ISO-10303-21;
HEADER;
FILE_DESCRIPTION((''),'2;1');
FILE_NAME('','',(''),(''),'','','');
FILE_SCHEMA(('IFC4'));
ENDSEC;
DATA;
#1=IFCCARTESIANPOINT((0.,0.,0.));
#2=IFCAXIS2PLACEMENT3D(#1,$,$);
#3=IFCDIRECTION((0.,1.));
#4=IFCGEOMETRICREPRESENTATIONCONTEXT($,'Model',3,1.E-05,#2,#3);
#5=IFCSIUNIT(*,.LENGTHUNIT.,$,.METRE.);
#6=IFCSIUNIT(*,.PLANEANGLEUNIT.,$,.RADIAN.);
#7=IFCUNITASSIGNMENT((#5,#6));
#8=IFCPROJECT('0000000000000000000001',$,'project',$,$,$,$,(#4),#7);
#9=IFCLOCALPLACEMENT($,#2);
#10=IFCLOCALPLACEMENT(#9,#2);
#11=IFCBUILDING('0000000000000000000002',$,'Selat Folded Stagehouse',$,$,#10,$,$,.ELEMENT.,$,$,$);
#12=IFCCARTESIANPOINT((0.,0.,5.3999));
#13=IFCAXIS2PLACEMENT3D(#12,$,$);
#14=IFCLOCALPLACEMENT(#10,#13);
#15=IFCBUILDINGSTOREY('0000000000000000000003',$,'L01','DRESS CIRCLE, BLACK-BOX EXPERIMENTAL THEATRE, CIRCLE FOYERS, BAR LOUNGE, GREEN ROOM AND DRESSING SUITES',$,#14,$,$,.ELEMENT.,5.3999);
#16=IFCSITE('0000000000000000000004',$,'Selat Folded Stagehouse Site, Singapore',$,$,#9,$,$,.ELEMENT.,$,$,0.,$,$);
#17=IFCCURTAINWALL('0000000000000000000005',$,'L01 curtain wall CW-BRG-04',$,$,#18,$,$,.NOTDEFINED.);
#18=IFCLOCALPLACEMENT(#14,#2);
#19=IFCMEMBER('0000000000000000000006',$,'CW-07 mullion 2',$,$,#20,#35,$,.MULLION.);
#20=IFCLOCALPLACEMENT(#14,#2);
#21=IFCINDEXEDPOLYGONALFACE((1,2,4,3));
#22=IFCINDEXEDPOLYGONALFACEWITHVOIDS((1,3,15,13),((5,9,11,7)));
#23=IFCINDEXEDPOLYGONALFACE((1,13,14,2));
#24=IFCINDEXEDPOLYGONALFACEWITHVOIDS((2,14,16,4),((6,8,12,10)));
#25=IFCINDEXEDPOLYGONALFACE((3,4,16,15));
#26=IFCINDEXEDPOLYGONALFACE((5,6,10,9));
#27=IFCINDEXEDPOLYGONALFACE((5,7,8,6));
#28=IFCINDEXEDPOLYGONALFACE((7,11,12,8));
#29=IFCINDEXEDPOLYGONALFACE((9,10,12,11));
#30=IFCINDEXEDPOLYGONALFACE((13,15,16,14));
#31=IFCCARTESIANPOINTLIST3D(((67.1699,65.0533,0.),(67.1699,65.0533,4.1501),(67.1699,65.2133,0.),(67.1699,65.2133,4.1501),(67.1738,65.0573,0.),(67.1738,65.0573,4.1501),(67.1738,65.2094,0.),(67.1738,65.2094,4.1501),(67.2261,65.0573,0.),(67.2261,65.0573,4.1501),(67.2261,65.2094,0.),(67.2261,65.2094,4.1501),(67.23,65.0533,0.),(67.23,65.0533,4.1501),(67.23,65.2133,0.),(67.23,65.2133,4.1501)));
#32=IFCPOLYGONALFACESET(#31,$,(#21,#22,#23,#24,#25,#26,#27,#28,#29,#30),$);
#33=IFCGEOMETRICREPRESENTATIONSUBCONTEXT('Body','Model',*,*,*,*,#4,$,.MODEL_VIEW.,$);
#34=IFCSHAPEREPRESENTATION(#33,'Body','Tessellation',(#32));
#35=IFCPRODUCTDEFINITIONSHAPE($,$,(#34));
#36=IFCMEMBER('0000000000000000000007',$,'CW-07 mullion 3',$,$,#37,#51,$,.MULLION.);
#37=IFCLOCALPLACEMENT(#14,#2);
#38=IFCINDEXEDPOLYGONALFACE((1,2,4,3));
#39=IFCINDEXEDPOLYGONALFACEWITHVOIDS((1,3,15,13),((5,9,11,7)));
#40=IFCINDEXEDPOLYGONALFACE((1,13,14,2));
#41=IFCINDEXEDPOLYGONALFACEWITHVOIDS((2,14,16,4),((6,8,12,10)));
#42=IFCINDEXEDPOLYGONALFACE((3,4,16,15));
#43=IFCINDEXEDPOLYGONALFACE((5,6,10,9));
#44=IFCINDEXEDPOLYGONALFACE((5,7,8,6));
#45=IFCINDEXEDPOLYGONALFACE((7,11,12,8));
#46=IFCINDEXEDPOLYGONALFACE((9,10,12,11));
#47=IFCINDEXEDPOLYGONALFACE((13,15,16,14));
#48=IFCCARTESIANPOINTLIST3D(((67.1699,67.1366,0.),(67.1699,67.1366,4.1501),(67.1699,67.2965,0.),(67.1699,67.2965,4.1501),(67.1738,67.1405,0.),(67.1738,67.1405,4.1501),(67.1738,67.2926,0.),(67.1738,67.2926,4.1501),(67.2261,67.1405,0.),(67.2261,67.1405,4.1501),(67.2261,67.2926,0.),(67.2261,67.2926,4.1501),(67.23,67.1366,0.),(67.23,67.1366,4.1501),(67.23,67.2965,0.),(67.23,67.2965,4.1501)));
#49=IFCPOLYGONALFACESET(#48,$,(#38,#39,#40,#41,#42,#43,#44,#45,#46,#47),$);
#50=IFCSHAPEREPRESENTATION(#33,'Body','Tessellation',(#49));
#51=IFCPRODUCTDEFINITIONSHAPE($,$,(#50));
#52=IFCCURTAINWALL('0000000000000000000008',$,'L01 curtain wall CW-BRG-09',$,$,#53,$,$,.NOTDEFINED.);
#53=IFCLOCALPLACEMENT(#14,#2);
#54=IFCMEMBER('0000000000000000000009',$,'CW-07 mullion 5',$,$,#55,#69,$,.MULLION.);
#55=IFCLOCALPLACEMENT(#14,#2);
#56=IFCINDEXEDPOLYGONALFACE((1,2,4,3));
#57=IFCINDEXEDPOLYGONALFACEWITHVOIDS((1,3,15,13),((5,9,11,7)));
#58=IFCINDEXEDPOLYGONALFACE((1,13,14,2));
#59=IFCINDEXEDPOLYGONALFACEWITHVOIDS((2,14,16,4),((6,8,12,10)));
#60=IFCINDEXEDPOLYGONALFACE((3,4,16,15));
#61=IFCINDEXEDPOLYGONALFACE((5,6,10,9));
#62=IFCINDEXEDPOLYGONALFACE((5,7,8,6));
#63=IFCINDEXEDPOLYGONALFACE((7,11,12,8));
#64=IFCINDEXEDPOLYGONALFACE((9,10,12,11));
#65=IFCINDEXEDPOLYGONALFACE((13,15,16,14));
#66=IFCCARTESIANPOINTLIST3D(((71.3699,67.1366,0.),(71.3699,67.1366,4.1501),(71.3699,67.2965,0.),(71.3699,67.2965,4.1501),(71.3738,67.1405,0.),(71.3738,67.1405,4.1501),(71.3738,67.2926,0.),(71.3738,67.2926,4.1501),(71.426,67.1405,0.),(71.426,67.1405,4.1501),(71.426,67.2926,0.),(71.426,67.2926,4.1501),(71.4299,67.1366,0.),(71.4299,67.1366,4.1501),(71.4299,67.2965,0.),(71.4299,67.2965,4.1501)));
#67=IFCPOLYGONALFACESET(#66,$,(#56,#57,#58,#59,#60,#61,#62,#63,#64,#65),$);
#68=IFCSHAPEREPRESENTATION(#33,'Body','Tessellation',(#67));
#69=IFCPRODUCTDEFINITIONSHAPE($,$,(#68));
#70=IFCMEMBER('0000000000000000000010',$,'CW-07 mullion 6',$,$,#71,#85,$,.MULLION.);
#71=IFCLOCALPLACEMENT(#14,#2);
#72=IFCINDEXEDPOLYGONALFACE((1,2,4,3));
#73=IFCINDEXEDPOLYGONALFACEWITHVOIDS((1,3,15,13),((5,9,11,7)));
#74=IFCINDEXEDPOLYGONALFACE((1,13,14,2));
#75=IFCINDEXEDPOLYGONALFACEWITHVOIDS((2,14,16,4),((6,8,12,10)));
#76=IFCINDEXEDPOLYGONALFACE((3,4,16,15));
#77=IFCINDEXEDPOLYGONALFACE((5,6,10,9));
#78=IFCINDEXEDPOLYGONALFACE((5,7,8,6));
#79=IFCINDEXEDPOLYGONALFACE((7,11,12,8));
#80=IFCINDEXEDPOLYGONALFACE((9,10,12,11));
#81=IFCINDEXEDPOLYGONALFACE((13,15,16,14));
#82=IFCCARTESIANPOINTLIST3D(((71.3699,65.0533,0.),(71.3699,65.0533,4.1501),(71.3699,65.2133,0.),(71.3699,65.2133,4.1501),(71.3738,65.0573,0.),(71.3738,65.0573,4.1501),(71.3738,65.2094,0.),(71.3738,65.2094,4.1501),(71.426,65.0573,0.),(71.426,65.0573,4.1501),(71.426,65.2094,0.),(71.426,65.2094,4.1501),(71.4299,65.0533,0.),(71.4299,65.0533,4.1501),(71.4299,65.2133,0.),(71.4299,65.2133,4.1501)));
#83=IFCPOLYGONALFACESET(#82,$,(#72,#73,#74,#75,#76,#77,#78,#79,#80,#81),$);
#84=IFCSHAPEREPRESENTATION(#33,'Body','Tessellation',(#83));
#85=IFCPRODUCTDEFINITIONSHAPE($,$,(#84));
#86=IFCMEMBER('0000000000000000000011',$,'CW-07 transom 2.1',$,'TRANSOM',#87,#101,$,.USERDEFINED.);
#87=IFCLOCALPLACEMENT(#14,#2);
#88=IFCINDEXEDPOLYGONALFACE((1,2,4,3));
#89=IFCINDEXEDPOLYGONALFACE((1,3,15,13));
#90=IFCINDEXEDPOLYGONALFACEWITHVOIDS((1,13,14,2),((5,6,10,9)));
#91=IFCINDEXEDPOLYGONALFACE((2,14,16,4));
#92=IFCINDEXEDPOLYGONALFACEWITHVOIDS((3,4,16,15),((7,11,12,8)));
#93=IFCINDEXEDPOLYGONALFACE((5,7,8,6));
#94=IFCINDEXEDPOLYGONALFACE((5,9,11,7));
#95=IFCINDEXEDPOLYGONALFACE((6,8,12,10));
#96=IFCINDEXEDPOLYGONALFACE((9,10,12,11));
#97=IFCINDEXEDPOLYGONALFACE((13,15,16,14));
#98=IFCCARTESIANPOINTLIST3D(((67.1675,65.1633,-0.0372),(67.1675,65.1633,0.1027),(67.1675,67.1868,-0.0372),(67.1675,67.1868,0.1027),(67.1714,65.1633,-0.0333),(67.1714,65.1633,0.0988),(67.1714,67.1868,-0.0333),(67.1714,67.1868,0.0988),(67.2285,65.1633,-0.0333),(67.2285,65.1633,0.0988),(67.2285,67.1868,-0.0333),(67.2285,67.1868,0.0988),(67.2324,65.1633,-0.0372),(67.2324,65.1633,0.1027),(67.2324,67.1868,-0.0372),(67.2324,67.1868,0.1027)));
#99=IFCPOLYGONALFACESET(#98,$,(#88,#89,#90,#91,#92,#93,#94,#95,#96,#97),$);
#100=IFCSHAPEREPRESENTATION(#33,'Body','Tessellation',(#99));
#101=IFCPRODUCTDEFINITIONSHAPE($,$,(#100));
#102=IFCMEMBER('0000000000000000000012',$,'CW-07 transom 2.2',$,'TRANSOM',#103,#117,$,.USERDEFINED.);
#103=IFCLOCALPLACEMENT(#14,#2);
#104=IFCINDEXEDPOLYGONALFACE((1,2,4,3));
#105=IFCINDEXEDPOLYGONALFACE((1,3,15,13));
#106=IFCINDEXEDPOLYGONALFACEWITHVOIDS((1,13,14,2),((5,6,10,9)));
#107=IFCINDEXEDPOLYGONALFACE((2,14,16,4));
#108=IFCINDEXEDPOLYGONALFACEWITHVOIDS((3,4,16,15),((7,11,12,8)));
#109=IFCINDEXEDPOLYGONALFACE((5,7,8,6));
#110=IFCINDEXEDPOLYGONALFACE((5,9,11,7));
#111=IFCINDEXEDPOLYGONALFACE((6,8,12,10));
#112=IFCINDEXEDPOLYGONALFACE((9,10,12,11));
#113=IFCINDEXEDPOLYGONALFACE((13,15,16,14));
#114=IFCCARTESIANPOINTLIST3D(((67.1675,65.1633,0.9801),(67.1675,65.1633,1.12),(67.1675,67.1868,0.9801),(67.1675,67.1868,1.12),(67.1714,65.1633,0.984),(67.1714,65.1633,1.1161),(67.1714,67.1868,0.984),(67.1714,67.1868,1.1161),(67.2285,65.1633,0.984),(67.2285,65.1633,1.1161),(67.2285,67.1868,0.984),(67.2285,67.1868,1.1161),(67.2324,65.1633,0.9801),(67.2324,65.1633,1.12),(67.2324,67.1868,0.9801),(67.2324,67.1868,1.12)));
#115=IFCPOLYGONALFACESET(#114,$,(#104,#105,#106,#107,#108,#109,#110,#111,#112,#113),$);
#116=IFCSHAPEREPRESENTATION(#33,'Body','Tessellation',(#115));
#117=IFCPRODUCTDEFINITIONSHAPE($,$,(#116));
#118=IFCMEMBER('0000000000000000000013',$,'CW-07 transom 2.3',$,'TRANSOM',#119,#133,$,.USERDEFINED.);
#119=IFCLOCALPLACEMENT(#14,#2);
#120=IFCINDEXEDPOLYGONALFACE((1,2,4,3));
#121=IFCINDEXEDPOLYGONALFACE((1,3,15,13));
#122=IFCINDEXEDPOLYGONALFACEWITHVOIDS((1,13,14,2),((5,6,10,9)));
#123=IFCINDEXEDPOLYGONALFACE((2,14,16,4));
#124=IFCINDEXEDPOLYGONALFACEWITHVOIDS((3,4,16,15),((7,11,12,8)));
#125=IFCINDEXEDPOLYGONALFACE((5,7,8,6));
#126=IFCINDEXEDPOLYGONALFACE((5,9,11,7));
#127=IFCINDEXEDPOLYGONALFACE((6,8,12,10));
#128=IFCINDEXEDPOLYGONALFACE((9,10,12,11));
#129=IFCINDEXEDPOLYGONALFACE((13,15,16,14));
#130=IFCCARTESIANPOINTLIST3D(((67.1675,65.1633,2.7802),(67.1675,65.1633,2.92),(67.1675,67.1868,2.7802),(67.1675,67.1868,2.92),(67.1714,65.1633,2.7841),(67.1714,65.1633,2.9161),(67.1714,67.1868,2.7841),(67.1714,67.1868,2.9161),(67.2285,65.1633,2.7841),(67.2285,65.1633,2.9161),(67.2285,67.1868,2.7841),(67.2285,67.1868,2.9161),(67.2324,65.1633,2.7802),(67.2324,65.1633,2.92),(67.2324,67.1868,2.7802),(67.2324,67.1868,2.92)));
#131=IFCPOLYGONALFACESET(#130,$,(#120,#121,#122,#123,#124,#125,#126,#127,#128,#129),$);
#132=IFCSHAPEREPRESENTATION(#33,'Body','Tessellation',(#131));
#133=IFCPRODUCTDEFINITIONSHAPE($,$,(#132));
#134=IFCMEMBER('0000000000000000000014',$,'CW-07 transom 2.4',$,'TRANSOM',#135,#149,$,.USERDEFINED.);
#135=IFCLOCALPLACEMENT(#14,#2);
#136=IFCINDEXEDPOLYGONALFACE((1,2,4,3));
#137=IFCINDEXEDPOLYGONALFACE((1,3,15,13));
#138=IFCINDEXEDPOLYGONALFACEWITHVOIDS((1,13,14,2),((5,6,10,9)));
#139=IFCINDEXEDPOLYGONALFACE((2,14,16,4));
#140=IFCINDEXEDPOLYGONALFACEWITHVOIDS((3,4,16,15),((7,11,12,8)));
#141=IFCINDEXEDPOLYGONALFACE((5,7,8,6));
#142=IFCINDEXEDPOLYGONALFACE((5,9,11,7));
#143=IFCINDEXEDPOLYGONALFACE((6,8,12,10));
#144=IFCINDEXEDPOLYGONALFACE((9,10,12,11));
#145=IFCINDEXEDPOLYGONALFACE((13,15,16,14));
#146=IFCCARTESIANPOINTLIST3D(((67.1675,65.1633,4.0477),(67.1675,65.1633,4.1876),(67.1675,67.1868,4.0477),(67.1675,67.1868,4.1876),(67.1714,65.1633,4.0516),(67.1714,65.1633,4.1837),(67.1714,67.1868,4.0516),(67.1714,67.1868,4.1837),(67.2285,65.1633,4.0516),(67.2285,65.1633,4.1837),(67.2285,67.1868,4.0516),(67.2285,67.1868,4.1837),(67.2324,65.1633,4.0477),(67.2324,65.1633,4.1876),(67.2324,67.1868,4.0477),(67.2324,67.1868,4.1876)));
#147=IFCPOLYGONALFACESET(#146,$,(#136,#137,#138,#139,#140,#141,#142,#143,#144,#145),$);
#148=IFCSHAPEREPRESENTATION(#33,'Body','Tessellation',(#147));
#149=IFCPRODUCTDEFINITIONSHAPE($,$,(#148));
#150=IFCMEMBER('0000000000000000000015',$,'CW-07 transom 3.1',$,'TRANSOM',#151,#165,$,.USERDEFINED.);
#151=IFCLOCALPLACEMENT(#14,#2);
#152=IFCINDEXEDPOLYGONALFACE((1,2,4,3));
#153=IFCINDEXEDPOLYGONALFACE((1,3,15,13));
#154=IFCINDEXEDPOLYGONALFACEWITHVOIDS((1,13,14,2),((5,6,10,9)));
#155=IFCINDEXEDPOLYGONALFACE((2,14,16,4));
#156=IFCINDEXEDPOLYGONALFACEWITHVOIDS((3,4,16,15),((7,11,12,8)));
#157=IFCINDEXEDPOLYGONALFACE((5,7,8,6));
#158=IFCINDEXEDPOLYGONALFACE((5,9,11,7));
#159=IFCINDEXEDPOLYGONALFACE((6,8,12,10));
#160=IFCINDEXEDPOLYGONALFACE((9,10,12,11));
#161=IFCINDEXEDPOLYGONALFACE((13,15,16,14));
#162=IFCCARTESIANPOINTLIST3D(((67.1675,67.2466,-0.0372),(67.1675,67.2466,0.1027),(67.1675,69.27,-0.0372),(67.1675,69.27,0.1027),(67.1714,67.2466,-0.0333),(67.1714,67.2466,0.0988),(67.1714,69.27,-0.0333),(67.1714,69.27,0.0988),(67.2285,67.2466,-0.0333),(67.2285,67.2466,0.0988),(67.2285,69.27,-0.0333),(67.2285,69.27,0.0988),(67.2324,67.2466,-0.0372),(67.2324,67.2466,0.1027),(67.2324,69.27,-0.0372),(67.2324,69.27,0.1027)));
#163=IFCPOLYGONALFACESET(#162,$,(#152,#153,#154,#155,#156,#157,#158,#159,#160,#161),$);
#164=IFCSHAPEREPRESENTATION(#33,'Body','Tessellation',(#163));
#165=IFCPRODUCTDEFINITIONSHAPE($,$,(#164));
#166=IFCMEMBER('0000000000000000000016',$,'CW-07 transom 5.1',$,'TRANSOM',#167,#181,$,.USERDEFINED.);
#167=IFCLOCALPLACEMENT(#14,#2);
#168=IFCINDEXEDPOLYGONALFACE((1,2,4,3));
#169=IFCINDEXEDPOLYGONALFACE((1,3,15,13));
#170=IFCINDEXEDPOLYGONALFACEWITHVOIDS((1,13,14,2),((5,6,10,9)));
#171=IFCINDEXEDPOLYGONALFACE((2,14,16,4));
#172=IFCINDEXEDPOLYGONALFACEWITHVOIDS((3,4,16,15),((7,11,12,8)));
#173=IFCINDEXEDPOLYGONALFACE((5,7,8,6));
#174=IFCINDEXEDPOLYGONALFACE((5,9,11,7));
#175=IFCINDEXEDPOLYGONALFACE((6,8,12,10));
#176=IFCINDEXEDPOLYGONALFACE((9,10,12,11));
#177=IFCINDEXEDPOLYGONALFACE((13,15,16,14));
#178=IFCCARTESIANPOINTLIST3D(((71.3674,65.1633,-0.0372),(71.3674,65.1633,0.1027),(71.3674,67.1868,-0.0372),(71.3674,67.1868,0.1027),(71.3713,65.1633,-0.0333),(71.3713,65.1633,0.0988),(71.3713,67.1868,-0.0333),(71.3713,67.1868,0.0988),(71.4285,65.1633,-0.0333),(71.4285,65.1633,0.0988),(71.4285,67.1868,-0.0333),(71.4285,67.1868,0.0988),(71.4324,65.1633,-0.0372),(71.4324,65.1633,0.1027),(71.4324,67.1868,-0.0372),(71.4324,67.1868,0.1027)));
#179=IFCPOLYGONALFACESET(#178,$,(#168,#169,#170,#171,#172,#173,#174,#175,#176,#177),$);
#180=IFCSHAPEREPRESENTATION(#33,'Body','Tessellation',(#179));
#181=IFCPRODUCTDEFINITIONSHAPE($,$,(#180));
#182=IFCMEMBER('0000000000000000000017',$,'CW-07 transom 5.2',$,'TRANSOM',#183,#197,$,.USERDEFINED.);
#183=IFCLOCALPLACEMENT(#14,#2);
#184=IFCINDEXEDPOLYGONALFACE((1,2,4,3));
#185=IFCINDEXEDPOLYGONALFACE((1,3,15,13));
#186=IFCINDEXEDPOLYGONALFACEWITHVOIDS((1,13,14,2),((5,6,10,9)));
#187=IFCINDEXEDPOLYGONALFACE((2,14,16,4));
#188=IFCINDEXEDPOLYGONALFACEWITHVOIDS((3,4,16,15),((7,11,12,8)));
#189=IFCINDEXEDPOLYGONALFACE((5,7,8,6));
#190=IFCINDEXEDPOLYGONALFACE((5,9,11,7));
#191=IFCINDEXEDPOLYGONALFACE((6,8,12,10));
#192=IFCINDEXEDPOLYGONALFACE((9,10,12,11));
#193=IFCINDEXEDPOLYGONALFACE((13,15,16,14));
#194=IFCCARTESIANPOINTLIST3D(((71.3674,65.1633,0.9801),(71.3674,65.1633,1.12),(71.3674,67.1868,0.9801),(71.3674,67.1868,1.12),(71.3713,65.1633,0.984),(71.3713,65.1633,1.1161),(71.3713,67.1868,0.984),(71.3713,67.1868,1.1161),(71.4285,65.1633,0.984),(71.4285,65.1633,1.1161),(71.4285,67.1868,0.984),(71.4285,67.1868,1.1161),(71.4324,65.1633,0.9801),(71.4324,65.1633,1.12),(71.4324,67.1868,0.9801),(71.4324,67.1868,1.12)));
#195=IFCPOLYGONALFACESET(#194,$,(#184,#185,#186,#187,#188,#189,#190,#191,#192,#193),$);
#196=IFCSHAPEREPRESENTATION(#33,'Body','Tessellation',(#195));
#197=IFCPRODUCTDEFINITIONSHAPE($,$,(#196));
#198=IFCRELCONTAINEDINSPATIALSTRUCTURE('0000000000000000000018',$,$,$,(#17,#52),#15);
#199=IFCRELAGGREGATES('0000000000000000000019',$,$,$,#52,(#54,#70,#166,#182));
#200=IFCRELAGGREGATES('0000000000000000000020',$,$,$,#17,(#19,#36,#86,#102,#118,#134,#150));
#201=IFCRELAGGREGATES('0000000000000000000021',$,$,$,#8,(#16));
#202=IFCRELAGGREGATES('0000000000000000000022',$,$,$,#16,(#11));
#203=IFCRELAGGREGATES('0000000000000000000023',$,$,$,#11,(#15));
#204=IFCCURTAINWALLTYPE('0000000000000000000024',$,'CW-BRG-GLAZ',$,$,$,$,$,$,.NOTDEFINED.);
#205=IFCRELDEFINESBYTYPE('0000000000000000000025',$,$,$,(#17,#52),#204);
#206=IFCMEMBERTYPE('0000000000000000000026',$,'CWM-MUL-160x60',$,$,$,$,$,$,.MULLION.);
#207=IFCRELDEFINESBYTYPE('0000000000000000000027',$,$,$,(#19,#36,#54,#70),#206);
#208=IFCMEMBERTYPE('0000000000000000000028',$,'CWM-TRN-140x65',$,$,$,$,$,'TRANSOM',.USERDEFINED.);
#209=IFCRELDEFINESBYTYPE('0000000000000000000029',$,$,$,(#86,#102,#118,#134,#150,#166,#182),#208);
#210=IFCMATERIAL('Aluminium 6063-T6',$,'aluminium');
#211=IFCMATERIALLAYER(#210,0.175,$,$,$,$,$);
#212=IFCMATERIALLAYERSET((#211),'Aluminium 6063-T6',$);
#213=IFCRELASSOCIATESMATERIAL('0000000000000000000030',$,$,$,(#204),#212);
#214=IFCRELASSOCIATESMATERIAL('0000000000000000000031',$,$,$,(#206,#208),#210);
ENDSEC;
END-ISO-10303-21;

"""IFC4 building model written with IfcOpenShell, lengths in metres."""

from ifc_helpers import new_model, si_unit, direction, frame, origin, origin_2d, place, context, subcontext, project, spatial, hollow_rectangle, extrude, material, layer, layer_set, material_profile, profile_set, type_object, element, aggregate, save


model = new_model("IFC4")

# Units and contexts
model_context = context("Model", 3, precision=1e-05, world=origin(), true_north=direction((0.0, 1.0)))
body_context = subcontext(model_context, "Body", "Model", "MODEL_VIEW")
ifc_project = project(units=[si_unit("LENGTHUNIT", "METRE"), si_unit("PLANEANGLEUNIT", "RADIAN")], contexts=[model_context])

# Site, building, storey
site_placement = place(None, origin())
site = spatial("IfcSite", under=ifc_project, at=site_placement, Name="Selat Folded Stagehouse Site, Singapore", CompositionType="ELEMENT", RefElevation=0.0)
building_placement = place(site_placement, origin())
building = spatial("IfcBuilding", under=site, at=building_placement, Name="Selat Folded Stagehouse", CompositionType="ELEMENT")
storey_placement = place(building_placement, frame((0.0, 0.0, 5.3999)))
storey = spatial("IfcBuildingStorey", under=building, at=storey_placement, Name="L01", Description="DRESS CIRCLE, BLACK-BOX EXPERIMENTAL THEATRE, CIRCLE FOYERS, BAR LOUNGE, GREEN ROOM AND DRESSING SUITES", CompositionType="ELEMENT", Elevation=5.3999)

# Curtain walls, members
ifc_material_1 = material(Name="Aluminium 6063-T6", Category="aluminium")
ifc_layer_1 = layer(ifc_material_1, 0.175)
ifc_layer_set_1 = layer_set([ifc_layer_1], Name="Aluminium 6063-T6")
curtain_wall_type = type_object("IfcCurtainWallType", Name="CW-BRG-GLAZ", PredefinedType="NOTDEFINED", material=ifc_layer_set_1)
curtain_wall_1_placement = place(storey_placement, origin())
curtain_wall_1 = element("IfcCurtainWall", 1, at=curtain_wall_1_placement, inside=storey, type_object=curtain_wall_type, Name="L01 curtain wall CW-BRG-04", PredefinedType="NOTDEFINED")
ifc_material_profile_1 = material_profile(ifc_material_1, hollow_rectangle(XDim=0.0601, YDim=0.1599, WallThickness=0.0039, at=origin_2d()), Name="ALU 160x60x4.0")
ifc_profile_set_1 = profile_set([ifc_material_profile_1], Name="Aluminium 6063-T6")
member_type_1 = type_object("IfcMemberType", Name="CWM-MUL-160x60", PredefinedType="MULLION", material=ifc_profile_set_1)
member_1_placement = place(storey_placement, frame((67.2, 65.1333, 0.0), z_axis=(0.0, 0.0, 1.0), x_axis=(-1.0, 0.0, 0.0)))
member_1 = element("IfcMember", 2, at=member_1_placement, type_object=member_type_1, Name="CW-07 mullion 2", PredefinedType="MULLION", context=body_context, shape_type="SweptSolid", body=[
    extrude(hollow_rectangle(XDim=0.0601, YDim=0.1599, WallThickness=0.0039, at=origin_2d()), origin(), (0.0, 0.0, 1.0), 4.1501),
])
member_2_placement = place(storey_placement, frame((67.2, 67.2166, 0.0), z_axis=(0.0, 0.0, 1.0), x_axis=(-1.0, 0.0, 0.0)))
member_2 = element("IfcMember", 3, at=member_2_placement, type_object=member_type_1, Name="CW-07 mullion 3", PredefinedType="MULLION", context=body_context, shape_type="SweptSolid", body=[
    extrude(hollow_rectangle(XDim=0.0601, YDim=0.1599, WallThickness=0.0039, at=origin_2d()), origin(), (0.0, 0.0, 1.0), 4.1501),
])
curtain_wall_2_placement = place(storey_placement, origin())
curtain_wall_2 = element("IfcCurtainWall", 4, at=curtain_wall_2_placement, inside=storey, type_object=curtain_wall_type, Name="L01 curtain wall CW-BRG-09", PredefinedType="NOTDEFINED")
member_3_placement = place(storey_placement, frame((71.3999, 67.2166, 0.0), z_axis=(0.0, 0.0, 1.0), x_axis=(1.0, 0.0, 0.0)))
member_3 = element("IfcMember", 5, at=member_3_placement, type_object=member_type_1, Name="CW-07 mullion 5", PredefinedType="MULLION", context=body_context, shape_type="SweptSolid", body=[
    extrude(hollow_rectangle(XDim=0.0601, YDim=0.1599, WallThickness=0.0039, at=origin_2d()), origin(), (0.0, 0.0, 1.0), 4.1501),
])
member_4_placement = place(storey_placement, frame((71.3999, 65.1333, 0.0), z_axis=(0.0, 0.0, 1.0), x_axis=(1.0, 0.0, 0.0)))
member_4 = element("IfcMember", 6, at=member_4_placement, type_object=member_type_1, Name="CW-07 mullion 6", PredefinedType="MULLION", context=body_context, shape_type="SweptSolid", body=[
    extrude(hollow_rectangle(XDim=0.0601, YDim=0.1599, WallThickness=0.0039, at=origin_2d()), origin(), (0.0, 0.0, 1.0), 4.1501),
])

# Members
ifc_material_profile_2 = material_profile(ifc_material_1, hollow_rectangle(XDim=0.0649, YDim=0.1399, WallThickness=0.0039, at=origin_2d()), Name="ALU 140x65x4.0")
ifc_profile_set_2 = profile_set([ifc_material_profile_2], Name="Aluminium 6063-T6")
member_type_2 = type_object("IfcMemberType", Name="CWM-TRN-140x65", ElementType="TRANSOM", PredefinedType="USERDEFINED", material=ifc_profile_set_2)
member_5_placement = place(storey_placement, frame((67.2, 65.1633, 0.0327), z_axis=(0.0, 1.0, 0.0), x_axis=(-1.0, 0.0, 0.0)))
member_5 = element("IfcMember", 7, at=member_5_placement, type_object=member_type_2, Name="CW-07 transom 2.1", ObjectType="TRANSOM", PredefinedType="USERDEFINED", context=body_context, shape_type="SweptSolid", body=[
    extrude(hollow_rectangle(XDim=0.0649, YDim=0.1399, WallThickness=0.0039, at=origin_2d()), origin(), (0.0, 0.0, 1.0), 2.0234),
])
member_6_placement = place(storey_placement, frame((67.2, 65.1633, 1.05), z_axis=(0.0, 1.0, 0.0), x_axis=(-1.0, 0.0, 0.0)))
member_6 = element("IfcMember", 8, at=member_6_placement, type_object=member_type_2, Name="CW-07 transom 2.2", ObjectType="TRANSOM", PredefinedType="USERDEFINED", context=body_context, shape_type="SweptSolid", body=[
    extrude(hollow_rectangle(XDim=0.0649, YDim=0.1399, WallThickness=0.0039, at=origin_2d()), origin(), (0.0, 0.0, 1.0), 2.0234),
])
member_7_placement = place(storey_placement, frame((67.2, 65.1633, 2.8501), z_axis=(0.0, 1.0, 0.0), x_axis=(-1.0, 0.0, 0.0)))
member_7 = element("IfcMember", 9, at=member_7_placement, type_object=member_type_2, Name="CW-07 transom 2.3", ObjectType="TRANSOM", PredefinedType="USERDEFINED", context=body_context, shape_type="SweptSolid", body=[
    extrude(hollow_rectangle(XDim=0.0649, YDim=0.1399, WallThickness=0.0039, at=origin_2d()), origin(), (0.0, 0.0, 1.0), 2.0234),
])
member_8_placement = place(storey_placement, frame((67.2, 65.1633, 4.1177), z_axis=(0.0, 1.0, 0.0), x_axis=(-1.0, 0.0, 0.0)))
member_8 = element("IfcMember", 10, at=member_8_placement, type_object=member_type_2, Name="CW-07 transom 2.4", ObjectType="TRANSOM", PredefinedType="USERDEFINED", context=body_context, shape_type="SweptSolid", body=[
    extrude(hollow_rectangle(XDim=0.0649, YDim=0.1399, WallThickness=0.0039, at=origin_2d()), origin(), (0.0, 0.0, 1.0), 2.0234),
])
member_9_placement = place(storey_placement, frame((67.2, 67.2466, 0.0327), z_axis=(0.0, 1.0, 0.0), x_axis=(-1.0, 0.0, 0.0)))
member_9 = element("IfcMember", 11, at=member_9_placement, type_object=member_type_2, Name="CW-07 transom 3.1", ObjectType="TRANSOM", PredefinedType="USERDEFINED", context=body_context, shape_type="SweptSolid", body=[
    extrude(hollow_rectangle(XDim=0.0649, YDim=0.1399, WallThickness=0.0039, at=origin_2d()), origin(), (0.0, 0.0, 1.0), 2.0234),
])
member_10_placement = place(storey_placement, frame((71.3999, 67.1868, 0.0327), z_axis=(0.0, -1.0, 0.0), x_axis=(1.0, 0.0, 0.0)))
member_10 = element("IfcMember", 12, at=member_10_placement, type_object=member_type_2, Name="CW-07 transom 5.1", ObjectType="TRANSOM", PredefinedType="USERDEFINED", context=body_context, shape_type="SweptSolid", body=[
    extrude(hollow_rectangle(XDim=0.0649, YDim=0.1399, WallThickness=0.0039, at=origin_2d()), origin(), (0.0, 0.0, 1.0), 2.0234),
])
member_11_placement = place(storey_placement, frame((71.3999, 67.1868, 1.05), z_axis=(0.0, -1.0, 0.0), x_axis=(1.0, 0.0, 0.0)))
member_11 = element("IfcMember", 13, at=member_11_placement, type_object=member_type_2, Name="CW-07 transom 5.2", ObjectType="TRANSOM", PredefinedType="USERDEFINED", context=body_context, shape_type="SweptSolid", body=[
    extrude(hollow_rectangle(XDim=0.0649, YDim=0.1399, WallThickness=0.0039, at=origin_2d()), origin(), (0.0, 0.0, 1.0), 2.0234),
])

aggregate(curtain_wall_2, [member_3, member_4, member_10, member_11])
aggregate(curtain_wall_1, [member_1, member_2, member_5, member_6, member_7, member_8, member_9])

save(model, "model.ifc")
